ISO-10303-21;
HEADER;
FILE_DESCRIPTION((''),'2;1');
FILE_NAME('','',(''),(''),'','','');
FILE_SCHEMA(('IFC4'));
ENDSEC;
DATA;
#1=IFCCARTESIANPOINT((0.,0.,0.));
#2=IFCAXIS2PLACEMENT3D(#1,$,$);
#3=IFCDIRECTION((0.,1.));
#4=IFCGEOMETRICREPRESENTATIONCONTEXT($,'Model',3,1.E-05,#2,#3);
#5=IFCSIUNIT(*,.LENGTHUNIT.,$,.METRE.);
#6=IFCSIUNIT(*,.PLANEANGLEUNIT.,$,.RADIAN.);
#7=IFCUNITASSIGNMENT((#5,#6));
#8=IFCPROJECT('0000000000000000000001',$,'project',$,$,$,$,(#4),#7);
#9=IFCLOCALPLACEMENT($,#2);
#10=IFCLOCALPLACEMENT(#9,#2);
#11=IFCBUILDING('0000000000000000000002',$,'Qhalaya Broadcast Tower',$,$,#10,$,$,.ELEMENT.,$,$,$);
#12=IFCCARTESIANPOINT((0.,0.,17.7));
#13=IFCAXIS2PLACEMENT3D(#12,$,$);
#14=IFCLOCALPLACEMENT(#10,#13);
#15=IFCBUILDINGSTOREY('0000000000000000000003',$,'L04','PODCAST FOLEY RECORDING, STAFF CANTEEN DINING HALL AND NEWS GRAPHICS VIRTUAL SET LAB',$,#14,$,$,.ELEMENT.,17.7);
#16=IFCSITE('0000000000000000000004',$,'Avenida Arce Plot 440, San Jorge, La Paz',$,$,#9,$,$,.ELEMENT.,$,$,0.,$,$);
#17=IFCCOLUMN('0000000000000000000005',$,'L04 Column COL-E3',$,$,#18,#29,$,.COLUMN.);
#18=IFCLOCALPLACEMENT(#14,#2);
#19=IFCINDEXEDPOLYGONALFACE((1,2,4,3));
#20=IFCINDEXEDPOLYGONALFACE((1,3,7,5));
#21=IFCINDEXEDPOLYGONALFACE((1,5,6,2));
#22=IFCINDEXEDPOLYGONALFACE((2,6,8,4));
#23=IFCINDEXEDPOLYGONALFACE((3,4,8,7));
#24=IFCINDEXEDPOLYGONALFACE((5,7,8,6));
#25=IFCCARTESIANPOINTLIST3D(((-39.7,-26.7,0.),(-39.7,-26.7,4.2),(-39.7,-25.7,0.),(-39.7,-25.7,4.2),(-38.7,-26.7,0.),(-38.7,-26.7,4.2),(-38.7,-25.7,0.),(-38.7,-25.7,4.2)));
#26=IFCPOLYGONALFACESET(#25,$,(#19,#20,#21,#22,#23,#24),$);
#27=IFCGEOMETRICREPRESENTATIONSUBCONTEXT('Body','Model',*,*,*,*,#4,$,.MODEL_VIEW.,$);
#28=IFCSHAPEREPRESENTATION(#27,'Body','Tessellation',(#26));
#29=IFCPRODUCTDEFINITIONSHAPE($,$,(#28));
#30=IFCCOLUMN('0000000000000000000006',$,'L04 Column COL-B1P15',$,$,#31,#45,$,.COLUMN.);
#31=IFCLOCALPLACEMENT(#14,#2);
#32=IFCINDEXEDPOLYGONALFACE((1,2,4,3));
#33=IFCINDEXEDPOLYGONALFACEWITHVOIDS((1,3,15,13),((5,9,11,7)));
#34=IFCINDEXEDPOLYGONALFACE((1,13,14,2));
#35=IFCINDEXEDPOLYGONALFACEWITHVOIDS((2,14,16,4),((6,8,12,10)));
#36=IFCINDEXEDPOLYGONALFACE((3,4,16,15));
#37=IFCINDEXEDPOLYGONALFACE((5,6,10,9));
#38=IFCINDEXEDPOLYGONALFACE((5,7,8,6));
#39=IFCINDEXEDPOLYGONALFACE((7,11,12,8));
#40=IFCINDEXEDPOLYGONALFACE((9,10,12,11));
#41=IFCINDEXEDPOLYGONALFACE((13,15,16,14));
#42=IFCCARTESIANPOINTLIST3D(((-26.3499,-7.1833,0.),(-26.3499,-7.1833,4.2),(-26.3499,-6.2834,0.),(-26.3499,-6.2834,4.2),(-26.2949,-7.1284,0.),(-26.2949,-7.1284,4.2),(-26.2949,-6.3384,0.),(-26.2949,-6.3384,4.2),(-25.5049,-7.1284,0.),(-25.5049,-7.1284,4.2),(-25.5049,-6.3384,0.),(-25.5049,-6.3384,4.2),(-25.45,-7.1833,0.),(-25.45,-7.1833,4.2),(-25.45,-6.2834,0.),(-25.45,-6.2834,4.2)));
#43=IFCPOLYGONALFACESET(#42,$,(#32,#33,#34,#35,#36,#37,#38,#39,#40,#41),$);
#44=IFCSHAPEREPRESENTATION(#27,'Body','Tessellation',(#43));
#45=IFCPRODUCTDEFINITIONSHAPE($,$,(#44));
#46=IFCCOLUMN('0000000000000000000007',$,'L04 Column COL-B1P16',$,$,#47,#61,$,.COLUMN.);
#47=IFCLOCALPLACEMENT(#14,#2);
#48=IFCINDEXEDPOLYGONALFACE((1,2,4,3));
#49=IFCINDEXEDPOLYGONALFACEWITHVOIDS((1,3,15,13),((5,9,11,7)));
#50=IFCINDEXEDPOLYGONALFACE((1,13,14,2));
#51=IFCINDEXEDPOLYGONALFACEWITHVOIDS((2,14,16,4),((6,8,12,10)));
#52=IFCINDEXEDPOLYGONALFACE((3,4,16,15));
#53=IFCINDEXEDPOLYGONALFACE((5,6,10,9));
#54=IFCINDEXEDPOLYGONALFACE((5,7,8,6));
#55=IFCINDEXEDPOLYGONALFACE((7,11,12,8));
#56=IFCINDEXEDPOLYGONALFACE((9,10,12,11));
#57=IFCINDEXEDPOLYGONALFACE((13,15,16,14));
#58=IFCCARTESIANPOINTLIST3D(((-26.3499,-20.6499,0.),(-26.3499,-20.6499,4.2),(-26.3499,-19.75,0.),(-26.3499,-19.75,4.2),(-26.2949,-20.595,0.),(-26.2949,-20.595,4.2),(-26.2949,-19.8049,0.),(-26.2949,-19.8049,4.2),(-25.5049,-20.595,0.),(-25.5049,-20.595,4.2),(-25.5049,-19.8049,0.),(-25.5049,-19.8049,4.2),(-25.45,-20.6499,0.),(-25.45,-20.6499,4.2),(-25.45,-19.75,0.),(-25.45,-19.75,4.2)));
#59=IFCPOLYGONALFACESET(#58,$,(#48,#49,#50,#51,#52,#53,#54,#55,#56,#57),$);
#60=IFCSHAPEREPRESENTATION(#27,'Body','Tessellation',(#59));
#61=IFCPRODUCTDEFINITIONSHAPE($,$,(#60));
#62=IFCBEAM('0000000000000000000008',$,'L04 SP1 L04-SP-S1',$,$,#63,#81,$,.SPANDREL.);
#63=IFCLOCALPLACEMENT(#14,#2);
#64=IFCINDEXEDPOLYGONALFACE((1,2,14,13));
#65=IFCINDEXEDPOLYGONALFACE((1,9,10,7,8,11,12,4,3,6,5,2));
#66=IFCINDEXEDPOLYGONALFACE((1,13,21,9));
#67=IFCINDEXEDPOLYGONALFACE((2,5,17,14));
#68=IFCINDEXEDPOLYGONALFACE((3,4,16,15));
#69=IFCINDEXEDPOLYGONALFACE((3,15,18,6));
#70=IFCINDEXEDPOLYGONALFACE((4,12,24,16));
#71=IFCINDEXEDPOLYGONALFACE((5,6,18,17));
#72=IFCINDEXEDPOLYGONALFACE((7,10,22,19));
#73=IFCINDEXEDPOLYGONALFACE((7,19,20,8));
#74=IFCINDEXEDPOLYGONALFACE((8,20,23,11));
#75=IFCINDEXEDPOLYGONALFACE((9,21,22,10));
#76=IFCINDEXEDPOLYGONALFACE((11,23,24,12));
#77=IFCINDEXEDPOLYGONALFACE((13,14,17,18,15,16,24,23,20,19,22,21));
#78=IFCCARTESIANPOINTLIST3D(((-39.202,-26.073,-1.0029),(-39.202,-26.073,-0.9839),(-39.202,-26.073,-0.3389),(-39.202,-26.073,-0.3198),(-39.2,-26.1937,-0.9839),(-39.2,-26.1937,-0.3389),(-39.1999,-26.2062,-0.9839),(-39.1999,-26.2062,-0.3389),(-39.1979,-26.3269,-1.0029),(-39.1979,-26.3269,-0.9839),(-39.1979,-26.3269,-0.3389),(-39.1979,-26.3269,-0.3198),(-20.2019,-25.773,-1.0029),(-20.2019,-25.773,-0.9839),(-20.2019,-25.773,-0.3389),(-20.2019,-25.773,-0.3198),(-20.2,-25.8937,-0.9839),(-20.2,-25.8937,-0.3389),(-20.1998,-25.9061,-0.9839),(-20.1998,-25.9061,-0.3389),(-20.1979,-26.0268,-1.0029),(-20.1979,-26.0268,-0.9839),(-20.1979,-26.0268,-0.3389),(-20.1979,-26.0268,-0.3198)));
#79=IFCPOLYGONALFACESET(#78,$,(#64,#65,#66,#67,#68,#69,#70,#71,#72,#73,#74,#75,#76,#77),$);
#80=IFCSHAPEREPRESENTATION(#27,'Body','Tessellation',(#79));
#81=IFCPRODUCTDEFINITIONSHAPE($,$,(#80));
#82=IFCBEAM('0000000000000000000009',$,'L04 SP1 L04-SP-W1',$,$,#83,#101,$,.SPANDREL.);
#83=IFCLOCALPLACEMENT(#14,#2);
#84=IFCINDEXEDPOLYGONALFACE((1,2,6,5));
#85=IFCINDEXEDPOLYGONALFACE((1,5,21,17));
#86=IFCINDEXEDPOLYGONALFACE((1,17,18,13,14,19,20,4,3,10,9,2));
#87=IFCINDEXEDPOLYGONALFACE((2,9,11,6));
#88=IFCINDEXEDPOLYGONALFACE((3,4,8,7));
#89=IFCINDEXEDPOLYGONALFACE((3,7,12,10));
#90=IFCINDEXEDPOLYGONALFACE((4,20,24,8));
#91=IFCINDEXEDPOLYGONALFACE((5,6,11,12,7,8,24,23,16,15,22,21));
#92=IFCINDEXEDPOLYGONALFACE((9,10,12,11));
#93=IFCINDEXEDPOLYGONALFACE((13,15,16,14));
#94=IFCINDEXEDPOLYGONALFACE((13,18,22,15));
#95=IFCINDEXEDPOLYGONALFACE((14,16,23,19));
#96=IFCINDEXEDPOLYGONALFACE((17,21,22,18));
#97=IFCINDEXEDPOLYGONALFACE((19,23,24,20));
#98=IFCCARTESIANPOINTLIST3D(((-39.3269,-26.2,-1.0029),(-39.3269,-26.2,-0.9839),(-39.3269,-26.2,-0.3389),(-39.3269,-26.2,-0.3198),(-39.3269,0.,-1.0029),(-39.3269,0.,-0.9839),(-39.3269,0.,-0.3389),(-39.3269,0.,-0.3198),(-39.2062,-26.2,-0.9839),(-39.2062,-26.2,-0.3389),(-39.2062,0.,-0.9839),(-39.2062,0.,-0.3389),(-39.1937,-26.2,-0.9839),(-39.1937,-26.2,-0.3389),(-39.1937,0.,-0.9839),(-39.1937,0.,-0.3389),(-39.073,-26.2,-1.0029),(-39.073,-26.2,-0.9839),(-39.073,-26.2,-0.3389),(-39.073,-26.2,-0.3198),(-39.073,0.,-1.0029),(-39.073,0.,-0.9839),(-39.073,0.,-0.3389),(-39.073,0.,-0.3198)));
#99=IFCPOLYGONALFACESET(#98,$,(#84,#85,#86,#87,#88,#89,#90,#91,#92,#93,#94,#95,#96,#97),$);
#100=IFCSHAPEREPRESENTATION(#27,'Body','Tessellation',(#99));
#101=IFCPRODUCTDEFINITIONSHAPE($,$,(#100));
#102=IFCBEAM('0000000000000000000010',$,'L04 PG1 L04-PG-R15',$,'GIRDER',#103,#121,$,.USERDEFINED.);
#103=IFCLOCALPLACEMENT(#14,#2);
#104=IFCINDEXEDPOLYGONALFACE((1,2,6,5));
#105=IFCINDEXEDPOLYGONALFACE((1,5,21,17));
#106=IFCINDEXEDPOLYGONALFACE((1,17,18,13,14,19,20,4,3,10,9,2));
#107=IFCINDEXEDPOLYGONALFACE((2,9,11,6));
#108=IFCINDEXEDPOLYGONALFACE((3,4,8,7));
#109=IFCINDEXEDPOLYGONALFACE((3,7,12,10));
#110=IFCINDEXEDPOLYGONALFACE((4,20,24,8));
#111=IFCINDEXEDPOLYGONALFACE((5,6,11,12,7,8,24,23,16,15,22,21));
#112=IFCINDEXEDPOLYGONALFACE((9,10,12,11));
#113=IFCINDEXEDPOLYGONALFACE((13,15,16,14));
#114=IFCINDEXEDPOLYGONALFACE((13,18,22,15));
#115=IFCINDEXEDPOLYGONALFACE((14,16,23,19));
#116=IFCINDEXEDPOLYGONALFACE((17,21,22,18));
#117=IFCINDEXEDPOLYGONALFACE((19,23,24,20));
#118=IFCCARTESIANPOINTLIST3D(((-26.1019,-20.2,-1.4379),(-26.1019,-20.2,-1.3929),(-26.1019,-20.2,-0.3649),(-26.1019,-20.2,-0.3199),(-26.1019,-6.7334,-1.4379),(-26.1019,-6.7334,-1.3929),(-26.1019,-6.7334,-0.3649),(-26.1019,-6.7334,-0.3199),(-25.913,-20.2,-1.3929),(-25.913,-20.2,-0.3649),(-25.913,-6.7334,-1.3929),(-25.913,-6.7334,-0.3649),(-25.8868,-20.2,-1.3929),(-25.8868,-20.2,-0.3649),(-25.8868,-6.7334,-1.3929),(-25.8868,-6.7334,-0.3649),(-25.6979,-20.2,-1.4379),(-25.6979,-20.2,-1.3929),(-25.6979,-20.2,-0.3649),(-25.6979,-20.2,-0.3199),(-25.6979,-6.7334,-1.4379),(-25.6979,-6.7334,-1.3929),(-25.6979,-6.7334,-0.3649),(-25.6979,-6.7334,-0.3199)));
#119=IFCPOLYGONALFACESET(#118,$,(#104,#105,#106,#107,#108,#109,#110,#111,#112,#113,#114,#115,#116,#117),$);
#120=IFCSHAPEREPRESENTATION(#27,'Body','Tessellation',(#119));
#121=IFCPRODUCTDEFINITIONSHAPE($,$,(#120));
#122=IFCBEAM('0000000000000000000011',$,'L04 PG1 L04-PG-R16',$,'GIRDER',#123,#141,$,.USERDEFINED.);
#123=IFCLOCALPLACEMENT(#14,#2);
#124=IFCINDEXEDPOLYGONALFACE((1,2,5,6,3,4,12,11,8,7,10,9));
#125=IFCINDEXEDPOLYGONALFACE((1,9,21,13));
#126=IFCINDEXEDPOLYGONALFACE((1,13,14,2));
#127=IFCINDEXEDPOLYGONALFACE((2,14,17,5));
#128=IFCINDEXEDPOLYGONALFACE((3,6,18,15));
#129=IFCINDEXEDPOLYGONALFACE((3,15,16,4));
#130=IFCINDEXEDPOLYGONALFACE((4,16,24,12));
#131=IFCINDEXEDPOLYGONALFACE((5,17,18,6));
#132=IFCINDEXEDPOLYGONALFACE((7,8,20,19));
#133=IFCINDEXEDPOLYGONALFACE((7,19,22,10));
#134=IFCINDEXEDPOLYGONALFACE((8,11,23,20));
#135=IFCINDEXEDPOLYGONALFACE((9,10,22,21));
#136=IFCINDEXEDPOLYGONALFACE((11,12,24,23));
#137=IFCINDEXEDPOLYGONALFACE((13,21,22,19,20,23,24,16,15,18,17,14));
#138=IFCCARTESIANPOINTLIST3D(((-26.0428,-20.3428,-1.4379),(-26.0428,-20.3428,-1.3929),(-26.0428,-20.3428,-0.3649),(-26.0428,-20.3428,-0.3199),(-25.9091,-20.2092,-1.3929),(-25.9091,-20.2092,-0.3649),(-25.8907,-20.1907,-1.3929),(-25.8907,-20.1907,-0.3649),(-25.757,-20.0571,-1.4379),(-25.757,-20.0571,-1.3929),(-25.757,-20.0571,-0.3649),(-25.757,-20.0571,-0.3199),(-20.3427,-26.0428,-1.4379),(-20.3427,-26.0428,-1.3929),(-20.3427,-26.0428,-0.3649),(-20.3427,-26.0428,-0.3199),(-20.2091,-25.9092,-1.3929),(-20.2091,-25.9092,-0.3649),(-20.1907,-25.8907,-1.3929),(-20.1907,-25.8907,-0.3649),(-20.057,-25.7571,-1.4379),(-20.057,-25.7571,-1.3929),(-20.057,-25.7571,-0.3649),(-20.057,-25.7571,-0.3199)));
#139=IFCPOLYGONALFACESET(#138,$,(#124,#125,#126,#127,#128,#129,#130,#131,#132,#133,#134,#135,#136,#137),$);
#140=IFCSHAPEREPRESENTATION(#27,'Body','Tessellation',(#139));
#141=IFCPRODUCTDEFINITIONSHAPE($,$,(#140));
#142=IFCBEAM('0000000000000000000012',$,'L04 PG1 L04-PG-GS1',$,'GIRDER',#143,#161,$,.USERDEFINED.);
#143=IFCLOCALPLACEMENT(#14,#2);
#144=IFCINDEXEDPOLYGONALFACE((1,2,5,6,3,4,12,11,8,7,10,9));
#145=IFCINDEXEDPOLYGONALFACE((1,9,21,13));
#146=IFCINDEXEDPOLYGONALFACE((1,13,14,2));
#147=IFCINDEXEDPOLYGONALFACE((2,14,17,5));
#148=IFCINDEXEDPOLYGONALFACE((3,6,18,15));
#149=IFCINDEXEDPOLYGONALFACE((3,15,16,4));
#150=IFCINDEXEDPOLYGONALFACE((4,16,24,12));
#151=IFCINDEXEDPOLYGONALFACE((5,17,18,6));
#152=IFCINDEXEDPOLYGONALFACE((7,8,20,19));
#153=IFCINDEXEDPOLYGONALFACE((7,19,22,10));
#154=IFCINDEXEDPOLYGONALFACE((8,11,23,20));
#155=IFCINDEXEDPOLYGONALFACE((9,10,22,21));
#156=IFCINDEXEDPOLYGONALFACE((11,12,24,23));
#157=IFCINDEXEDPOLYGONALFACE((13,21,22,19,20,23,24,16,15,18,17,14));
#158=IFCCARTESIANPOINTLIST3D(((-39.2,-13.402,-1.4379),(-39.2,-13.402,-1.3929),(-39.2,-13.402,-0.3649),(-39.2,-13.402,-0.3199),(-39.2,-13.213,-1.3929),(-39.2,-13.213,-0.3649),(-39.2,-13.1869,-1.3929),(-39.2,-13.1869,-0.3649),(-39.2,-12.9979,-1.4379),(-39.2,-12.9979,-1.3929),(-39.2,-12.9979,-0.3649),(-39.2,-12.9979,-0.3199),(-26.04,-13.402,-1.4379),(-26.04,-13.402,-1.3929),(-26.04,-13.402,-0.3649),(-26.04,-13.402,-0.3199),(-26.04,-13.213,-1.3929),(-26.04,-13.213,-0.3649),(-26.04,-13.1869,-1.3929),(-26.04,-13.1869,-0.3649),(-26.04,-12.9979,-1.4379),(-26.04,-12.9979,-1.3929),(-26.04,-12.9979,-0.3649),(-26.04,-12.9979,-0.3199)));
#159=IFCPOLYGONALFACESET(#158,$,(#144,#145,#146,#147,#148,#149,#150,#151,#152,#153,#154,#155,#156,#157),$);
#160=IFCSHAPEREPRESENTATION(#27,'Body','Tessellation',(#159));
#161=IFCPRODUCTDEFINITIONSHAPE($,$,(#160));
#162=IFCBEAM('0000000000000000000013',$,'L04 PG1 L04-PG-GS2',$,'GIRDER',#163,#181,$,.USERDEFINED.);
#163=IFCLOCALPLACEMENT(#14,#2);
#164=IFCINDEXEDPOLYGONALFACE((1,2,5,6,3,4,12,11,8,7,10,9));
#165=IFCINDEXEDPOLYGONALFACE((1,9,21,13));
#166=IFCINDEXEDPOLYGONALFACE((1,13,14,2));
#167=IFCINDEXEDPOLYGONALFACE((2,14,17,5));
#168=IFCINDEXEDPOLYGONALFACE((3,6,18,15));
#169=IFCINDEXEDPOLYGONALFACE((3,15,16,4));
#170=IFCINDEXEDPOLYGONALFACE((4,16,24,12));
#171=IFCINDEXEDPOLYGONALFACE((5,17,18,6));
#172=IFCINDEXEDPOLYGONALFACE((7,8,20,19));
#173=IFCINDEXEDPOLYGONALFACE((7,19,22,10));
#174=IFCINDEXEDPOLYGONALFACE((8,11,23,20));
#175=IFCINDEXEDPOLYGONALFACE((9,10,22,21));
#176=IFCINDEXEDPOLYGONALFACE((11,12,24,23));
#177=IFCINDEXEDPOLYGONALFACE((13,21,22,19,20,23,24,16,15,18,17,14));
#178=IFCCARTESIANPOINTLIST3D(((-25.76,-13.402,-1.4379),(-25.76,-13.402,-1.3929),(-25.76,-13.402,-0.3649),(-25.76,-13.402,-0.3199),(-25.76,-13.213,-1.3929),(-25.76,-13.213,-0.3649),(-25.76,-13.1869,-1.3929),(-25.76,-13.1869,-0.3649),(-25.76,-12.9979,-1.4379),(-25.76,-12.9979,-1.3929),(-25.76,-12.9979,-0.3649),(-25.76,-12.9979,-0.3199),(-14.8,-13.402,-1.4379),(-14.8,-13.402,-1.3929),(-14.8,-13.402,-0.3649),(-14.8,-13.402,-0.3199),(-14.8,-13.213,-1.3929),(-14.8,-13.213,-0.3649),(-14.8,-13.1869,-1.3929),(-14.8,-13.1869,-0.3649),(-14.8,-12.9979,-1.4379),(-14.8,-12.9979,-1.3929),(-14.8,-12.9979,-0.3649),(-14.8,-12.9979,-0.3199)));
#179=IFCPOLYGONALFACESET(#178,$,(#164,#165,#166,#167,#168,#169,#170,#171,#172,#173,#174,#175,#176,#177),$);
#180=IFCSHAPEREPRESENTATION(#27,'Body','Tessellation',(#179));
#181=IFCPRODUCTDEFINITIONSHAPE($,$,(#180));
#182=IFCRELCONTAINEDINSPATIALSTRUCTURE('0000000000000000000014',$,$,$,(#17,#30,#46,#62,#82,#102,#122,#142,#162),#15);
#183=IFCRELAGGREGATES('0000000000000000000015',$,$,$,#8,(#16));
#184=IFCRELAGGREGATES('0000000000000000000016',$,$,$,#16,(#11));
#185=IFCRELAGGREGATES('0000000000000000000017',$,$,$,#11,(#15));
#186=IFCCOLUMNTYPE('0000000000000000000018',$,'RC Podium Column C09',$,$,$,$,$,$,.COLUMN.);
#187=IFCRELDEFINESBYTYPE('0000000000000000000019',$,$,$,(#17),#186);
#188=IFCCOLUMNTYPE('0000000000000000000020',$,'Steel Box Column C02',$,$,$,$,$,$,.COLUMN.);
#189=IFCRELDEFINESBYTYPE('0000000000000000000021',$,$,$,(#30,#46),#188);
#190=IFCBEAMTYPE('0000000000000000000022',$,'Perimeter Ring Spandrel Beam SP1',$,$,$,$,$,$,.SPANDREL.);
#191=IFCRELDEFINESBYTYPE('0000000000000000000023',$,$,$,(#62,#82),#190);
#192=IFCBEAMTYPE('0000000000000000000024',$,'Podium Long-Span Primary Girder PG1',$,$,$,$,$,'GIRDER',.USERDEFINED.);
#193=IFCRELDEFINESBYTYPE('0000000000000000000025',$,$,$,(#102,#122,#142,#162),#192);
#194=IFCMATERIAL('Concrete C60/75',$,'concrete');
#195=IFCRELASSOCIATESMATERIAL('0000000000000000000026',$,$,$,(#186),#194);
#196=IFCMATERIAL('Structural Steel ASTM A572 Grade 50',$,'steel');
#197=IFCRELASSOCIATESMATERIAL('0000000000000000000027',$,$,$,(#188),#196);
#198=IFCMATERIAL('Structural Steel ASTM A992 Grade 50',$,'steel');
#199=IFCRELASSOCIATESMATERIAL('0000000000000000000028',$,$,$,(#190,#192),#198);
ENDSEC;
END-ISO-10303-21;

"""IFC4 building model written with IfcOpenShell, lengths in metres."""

from ifc_helpers import new_model, si_unit, direction, frame, origin, origin_2d, place, context, subcontext, project, spatial, rectangle, hollow_rectangle, i_section, extrude, material, material_profile, profile_set, type_object, element, save


model = new_model("IFC4")

# Units and contexts
model_context = context("Model", 3, precision=1e-05, world=origin(), true_north=direction((0.0, 1.0)))
body_context = subcontext(model_context, "Body", "Model", "MODEL_VIEW")
ifc_project = project(units=[si_unit("LENGTHUNIT", "METRE"), si_unit("PLANEANGLEUNIT", "RADIAN")], contexts=[model_context])

# Site, building, storey
site_placement = place(None, origin())
site = spatial("IfcSite", under=ifc_project, at=site_placement, Name="Avenida Arce Plot 440, San Jorge, La Paz", CompositionType="ELEMENT", RefElevation=0.0)
building_placement = place(site_placement, origin())
building = spatial("IfcBuilding", under=site, at=building_placement, Name="Qhalaya Broadcast Tower", CompositionType="ELEMENT")
storey_placement = place(building_placement, frame((0.0, 0.0, 17.7)))
storey = spatial("IfcBuildingStorey", under=building, at=storey_placement, Name="L04", Description="PODCAST FOLEY RECORDING, STAFF CANTEEN DINING HALL AND NEWS GRAPHICS VIRTUAL SET LAB", CompositionType="ELEMENT", Elevation=17.7)

# Columns
ifc_material_1 = material(Name="Concrete C60/75", Category="concrete")
ifc_material_profile_1 = material_profile(ifc_material_1, rectangle(XDim=1.0, YDim=1.0, at=origin_2d()), Name="RC-COL 1000x1000")
ifc_profile_set_1 = profile_set([ifc_material_profile_1], Name="Concrete C60/75")
column_type_1 = type_object("IfcColumnType", Name="RC Podium Column C09", PredefinedType="COLUMN", material=ifc_profile_set_1)
column_placement = place(storey_placement, frame((-39.2, -26.2, 0.0), z_axis=(0.0, 0.0, 1.0), x_axis=(1.0, 0.0, 0.0)))
element("IfcColumn", 1, at=column_placement, inside=storey, type_object=column_type_1, Name="L04 Column COL-E3", PredefinedType="COLUMN", context=body_context, shape_type="SweptSolid", body=[
    extrude(rectangle(XDim=1.0, YDim=1.0, at=origin_2d()), origin(), (0.0, 0.0, 1.0), 4.2),
])
ifc_material_2 = material(Name="Structural Steel ASTM A572 Grade 50", Category="steel")
ifc_material_profile_2 = material_profile(ifc_material_2, hollow_rectangle(XDim=0.8999, YDim=0.8999, WallThickness=0.0549, at=origin_2d()), Name="BOX 900x900x55")
ifc_profile_set_2 = profile_set([ifc_material_profile_2], Name="Structural Steel ASTM A572 Grade 50")
column_type_2 = type_object("IfcColumnType", Name="Steel Box Column C02", PredefinedType="COLUMN", material=ifc_profile_set_2)
for number, where, z_axis, x_axis, name in (
    (2, (-25.8999, -6.7334, 0.0), (0.0, 0.0, 1.0), (0.0, 1.0, 0.0), "L04 Column COL-B1P15"),
    (3, (-25.8999, -20.2, 0.0), (0.0, 0.0, 1.0), (0.0, 1.0, 0.0), "L04 Column COL-B1P16"),
):
    element("IfcColumn", number, at=place(storey_placement, frame(where, z_axis=z_axis, x_axis=x_axis)), inside=storey, type_object=column_type_2, Name=name, PredefinedType="COLUMN", context=body_context, shape_type="SweptSolid", body=[
        extrude(hollow_rectangle(XDim=0.8999, YDim=0.8999, WallThickness=0.0549, at=origin_2d()), origin(), (0.0, 0.0, 1.0), 4.2),
    ])

# Beams
ifc_material_3 = material(Name="Structural Steel ASTM A992 Grade 50", Category="steel")
ifc_material_profile_3 = material_profile(ifc_material_3, i_section(OverallWidth=0.2539, OverallDepth=0.6831, WebThickness=0.0125, FlangeThickness=0.019, at=origin_2d()), Name="W27X94")
ifc_profile_set_3 = profile_set([ifc_material_profile_3], Name="Structural Steel ASTM A992 Grade 50")
beam_type_1 = type_object("IfcBeamType", Name="Perimeter Ring Spandrel Beam SP1", PredefinedType="SPANDREL", material=ifc_profile_set_3)
beam_1_placement = place(storey_placement, frame((-39.2, -26.2, -0.6614), z_axis=(0.999875, 0.01579, 0.0), x_axis=(-0.01579, 0.999875, 0.0)))
element("IfcBeam", 4, at=beam_1_placement, inside=storey, type_object=beam_type_1, Name="L04 SP1 L04-SP-S1", PredefinedType="SPANDREL", context=body_context, shape_type="SweptSolid", body=[
    extrude(i_section(OverallWidth=0.2539, OverallDepth=0.6831, WebThickness=0.0125, FlangeThickness=0.019, at=origin_2d()), origin(), (0.0, 0.0, 1.0), 19.0024),
])
beam_2_placement = place(storey_placement, frame((-39.2, -26.2, -0.6614), z_axis=(0.0, 1.0, 0.0), x_axis=(-1.0, 0.0, 0.0)))
element("IfcBeam", 5, at=beam_2_placement, inside=storey, type_object=beam_type_1, Name="L04 SP1 L04-SP-W1", PredefinedType="SPANDREL", context=body_context, shape_type="SweptSolid", body=[
    extrude(i_section(OverallWidth=0.2539, OverallDepth=0.6831, WebThickness=0.0125, FlangeThickness=0.019, at=origin_2d()), origin(), (0.0, 0.0, 1.0), 26.2),
])
ifc_material_profile_4 = material_profile(ifc_material_3, i_section(OverallWidth=0.4041, OverallDepth=1.1179, WebThickness=0.0261, FlangeThickness=0.0449, at=origin_2d()), Name="W44X335")
ifc_profile_set_4 = profile_set([ifc_material_profile_4], Name="Structural Steel ASTM A992 Grade 50")
beam_type_2 = type_object("IfcBeamType", Name="Podium Long-Span Primary Girder PG1", ElementType="GIRDER", PredefinedType="USERDEFINED", material=ifc_profile_set_4)
beam_3_placement = place(storey_placement, frame((-25.8999, -6.7334, -0.8789), z_axis=(0.0, -1.0, 0.0), x_axis=(1.0, 0.0, 0.0)))
element("IfcBeam", 6, at=beam_3_placement, inside=storey, type_object=beam_type_2, Name="L04 PG1 L04-PG-R15", ObjectType="GIRDER", PredefinedType="USERDEFINED", context=body_context, shape_type="SweptSolid", body=[
    extrude(i_section(OverallWidth=0.4041, OverallDepth=1.1179, WebThickness=0.0261, FlangeThickness=0.0449, at=origin_2d()), origin(), (0.0, 0.0, 1.0), 13.4666),
])
beam_4_placement = place(storey_placement, frame((-25.8999, -20.2, -0.8789), z_axis=(0.707107, -0.707107, 0.0), x_axis=(0.707107, 0.707107, 0.0)))
element("IfcBeam", 7, at=beam_4_placement, inside=storey, type_object=beam_type_2, Name="L04 PG1 L04-PG-R16", ObjectType="GIRDER", PredefinedType="USERDEFINED", context=body_context, shape_type="SweptSolid", body=[
    extrude(i_section(OverallWidth=0.4041, OverallDepth=1.1179, WebThickness=0.0261, FlangeThickness=0.0449, at=origin_2d()), origin(), (0.0, 0.0, 1.0), 8.061),
])
beam_5_placement = place(storey_placement, frame((-39.2, -13.2, -0.8789), z_axis=(1.0, 0.0, 0.0), x_axis=(0.0, 1.0, 0.0)))
element("IfcBeam", 8, at=beam_5_placement, inside=storey, type_object=beam_type_2, Name="L04 PG1 L04-PG-GS1", ObjectType="GIRDER", PredefinedType="USERDEFINED", context=body_context, shape_type="SweptSolid", body=[
    extrude(i_section(OverallWidth=0.4041, OverallDepth=1.1179, WebThickness=0.0261, FlangeThickness=0.0449, at=origin_2d()), origin(), (0.0, 0.0, 1.0), 13.1599),
])
beam_6_placement = place(storey_placement, frame((-25.76, -13.2, -0.8789), z_axis=(1.0, 0.0, 0.0), x_axis=(0.0, 1.0, 0.0)))
element("IfcBeam", 9, at=beam_6_placement, inside=storey, type_object=beam_type_2, Name="L04 PG1 L04-PG-GS2", ObjectType="GIRDER", PredefinedType="USERDEFINED", context=body_context, shape_type="SweptSolid", body=[
    extrude(i_section(OverallWidth=0.4041, OverallDepth=1.1179, WebThickness=0.0261, FlangeThickness=0.0449, at=origin_2d()), origin(), (0.0, 0.0, 1.0), 10.96),
])

save(model, "model.ifc")
